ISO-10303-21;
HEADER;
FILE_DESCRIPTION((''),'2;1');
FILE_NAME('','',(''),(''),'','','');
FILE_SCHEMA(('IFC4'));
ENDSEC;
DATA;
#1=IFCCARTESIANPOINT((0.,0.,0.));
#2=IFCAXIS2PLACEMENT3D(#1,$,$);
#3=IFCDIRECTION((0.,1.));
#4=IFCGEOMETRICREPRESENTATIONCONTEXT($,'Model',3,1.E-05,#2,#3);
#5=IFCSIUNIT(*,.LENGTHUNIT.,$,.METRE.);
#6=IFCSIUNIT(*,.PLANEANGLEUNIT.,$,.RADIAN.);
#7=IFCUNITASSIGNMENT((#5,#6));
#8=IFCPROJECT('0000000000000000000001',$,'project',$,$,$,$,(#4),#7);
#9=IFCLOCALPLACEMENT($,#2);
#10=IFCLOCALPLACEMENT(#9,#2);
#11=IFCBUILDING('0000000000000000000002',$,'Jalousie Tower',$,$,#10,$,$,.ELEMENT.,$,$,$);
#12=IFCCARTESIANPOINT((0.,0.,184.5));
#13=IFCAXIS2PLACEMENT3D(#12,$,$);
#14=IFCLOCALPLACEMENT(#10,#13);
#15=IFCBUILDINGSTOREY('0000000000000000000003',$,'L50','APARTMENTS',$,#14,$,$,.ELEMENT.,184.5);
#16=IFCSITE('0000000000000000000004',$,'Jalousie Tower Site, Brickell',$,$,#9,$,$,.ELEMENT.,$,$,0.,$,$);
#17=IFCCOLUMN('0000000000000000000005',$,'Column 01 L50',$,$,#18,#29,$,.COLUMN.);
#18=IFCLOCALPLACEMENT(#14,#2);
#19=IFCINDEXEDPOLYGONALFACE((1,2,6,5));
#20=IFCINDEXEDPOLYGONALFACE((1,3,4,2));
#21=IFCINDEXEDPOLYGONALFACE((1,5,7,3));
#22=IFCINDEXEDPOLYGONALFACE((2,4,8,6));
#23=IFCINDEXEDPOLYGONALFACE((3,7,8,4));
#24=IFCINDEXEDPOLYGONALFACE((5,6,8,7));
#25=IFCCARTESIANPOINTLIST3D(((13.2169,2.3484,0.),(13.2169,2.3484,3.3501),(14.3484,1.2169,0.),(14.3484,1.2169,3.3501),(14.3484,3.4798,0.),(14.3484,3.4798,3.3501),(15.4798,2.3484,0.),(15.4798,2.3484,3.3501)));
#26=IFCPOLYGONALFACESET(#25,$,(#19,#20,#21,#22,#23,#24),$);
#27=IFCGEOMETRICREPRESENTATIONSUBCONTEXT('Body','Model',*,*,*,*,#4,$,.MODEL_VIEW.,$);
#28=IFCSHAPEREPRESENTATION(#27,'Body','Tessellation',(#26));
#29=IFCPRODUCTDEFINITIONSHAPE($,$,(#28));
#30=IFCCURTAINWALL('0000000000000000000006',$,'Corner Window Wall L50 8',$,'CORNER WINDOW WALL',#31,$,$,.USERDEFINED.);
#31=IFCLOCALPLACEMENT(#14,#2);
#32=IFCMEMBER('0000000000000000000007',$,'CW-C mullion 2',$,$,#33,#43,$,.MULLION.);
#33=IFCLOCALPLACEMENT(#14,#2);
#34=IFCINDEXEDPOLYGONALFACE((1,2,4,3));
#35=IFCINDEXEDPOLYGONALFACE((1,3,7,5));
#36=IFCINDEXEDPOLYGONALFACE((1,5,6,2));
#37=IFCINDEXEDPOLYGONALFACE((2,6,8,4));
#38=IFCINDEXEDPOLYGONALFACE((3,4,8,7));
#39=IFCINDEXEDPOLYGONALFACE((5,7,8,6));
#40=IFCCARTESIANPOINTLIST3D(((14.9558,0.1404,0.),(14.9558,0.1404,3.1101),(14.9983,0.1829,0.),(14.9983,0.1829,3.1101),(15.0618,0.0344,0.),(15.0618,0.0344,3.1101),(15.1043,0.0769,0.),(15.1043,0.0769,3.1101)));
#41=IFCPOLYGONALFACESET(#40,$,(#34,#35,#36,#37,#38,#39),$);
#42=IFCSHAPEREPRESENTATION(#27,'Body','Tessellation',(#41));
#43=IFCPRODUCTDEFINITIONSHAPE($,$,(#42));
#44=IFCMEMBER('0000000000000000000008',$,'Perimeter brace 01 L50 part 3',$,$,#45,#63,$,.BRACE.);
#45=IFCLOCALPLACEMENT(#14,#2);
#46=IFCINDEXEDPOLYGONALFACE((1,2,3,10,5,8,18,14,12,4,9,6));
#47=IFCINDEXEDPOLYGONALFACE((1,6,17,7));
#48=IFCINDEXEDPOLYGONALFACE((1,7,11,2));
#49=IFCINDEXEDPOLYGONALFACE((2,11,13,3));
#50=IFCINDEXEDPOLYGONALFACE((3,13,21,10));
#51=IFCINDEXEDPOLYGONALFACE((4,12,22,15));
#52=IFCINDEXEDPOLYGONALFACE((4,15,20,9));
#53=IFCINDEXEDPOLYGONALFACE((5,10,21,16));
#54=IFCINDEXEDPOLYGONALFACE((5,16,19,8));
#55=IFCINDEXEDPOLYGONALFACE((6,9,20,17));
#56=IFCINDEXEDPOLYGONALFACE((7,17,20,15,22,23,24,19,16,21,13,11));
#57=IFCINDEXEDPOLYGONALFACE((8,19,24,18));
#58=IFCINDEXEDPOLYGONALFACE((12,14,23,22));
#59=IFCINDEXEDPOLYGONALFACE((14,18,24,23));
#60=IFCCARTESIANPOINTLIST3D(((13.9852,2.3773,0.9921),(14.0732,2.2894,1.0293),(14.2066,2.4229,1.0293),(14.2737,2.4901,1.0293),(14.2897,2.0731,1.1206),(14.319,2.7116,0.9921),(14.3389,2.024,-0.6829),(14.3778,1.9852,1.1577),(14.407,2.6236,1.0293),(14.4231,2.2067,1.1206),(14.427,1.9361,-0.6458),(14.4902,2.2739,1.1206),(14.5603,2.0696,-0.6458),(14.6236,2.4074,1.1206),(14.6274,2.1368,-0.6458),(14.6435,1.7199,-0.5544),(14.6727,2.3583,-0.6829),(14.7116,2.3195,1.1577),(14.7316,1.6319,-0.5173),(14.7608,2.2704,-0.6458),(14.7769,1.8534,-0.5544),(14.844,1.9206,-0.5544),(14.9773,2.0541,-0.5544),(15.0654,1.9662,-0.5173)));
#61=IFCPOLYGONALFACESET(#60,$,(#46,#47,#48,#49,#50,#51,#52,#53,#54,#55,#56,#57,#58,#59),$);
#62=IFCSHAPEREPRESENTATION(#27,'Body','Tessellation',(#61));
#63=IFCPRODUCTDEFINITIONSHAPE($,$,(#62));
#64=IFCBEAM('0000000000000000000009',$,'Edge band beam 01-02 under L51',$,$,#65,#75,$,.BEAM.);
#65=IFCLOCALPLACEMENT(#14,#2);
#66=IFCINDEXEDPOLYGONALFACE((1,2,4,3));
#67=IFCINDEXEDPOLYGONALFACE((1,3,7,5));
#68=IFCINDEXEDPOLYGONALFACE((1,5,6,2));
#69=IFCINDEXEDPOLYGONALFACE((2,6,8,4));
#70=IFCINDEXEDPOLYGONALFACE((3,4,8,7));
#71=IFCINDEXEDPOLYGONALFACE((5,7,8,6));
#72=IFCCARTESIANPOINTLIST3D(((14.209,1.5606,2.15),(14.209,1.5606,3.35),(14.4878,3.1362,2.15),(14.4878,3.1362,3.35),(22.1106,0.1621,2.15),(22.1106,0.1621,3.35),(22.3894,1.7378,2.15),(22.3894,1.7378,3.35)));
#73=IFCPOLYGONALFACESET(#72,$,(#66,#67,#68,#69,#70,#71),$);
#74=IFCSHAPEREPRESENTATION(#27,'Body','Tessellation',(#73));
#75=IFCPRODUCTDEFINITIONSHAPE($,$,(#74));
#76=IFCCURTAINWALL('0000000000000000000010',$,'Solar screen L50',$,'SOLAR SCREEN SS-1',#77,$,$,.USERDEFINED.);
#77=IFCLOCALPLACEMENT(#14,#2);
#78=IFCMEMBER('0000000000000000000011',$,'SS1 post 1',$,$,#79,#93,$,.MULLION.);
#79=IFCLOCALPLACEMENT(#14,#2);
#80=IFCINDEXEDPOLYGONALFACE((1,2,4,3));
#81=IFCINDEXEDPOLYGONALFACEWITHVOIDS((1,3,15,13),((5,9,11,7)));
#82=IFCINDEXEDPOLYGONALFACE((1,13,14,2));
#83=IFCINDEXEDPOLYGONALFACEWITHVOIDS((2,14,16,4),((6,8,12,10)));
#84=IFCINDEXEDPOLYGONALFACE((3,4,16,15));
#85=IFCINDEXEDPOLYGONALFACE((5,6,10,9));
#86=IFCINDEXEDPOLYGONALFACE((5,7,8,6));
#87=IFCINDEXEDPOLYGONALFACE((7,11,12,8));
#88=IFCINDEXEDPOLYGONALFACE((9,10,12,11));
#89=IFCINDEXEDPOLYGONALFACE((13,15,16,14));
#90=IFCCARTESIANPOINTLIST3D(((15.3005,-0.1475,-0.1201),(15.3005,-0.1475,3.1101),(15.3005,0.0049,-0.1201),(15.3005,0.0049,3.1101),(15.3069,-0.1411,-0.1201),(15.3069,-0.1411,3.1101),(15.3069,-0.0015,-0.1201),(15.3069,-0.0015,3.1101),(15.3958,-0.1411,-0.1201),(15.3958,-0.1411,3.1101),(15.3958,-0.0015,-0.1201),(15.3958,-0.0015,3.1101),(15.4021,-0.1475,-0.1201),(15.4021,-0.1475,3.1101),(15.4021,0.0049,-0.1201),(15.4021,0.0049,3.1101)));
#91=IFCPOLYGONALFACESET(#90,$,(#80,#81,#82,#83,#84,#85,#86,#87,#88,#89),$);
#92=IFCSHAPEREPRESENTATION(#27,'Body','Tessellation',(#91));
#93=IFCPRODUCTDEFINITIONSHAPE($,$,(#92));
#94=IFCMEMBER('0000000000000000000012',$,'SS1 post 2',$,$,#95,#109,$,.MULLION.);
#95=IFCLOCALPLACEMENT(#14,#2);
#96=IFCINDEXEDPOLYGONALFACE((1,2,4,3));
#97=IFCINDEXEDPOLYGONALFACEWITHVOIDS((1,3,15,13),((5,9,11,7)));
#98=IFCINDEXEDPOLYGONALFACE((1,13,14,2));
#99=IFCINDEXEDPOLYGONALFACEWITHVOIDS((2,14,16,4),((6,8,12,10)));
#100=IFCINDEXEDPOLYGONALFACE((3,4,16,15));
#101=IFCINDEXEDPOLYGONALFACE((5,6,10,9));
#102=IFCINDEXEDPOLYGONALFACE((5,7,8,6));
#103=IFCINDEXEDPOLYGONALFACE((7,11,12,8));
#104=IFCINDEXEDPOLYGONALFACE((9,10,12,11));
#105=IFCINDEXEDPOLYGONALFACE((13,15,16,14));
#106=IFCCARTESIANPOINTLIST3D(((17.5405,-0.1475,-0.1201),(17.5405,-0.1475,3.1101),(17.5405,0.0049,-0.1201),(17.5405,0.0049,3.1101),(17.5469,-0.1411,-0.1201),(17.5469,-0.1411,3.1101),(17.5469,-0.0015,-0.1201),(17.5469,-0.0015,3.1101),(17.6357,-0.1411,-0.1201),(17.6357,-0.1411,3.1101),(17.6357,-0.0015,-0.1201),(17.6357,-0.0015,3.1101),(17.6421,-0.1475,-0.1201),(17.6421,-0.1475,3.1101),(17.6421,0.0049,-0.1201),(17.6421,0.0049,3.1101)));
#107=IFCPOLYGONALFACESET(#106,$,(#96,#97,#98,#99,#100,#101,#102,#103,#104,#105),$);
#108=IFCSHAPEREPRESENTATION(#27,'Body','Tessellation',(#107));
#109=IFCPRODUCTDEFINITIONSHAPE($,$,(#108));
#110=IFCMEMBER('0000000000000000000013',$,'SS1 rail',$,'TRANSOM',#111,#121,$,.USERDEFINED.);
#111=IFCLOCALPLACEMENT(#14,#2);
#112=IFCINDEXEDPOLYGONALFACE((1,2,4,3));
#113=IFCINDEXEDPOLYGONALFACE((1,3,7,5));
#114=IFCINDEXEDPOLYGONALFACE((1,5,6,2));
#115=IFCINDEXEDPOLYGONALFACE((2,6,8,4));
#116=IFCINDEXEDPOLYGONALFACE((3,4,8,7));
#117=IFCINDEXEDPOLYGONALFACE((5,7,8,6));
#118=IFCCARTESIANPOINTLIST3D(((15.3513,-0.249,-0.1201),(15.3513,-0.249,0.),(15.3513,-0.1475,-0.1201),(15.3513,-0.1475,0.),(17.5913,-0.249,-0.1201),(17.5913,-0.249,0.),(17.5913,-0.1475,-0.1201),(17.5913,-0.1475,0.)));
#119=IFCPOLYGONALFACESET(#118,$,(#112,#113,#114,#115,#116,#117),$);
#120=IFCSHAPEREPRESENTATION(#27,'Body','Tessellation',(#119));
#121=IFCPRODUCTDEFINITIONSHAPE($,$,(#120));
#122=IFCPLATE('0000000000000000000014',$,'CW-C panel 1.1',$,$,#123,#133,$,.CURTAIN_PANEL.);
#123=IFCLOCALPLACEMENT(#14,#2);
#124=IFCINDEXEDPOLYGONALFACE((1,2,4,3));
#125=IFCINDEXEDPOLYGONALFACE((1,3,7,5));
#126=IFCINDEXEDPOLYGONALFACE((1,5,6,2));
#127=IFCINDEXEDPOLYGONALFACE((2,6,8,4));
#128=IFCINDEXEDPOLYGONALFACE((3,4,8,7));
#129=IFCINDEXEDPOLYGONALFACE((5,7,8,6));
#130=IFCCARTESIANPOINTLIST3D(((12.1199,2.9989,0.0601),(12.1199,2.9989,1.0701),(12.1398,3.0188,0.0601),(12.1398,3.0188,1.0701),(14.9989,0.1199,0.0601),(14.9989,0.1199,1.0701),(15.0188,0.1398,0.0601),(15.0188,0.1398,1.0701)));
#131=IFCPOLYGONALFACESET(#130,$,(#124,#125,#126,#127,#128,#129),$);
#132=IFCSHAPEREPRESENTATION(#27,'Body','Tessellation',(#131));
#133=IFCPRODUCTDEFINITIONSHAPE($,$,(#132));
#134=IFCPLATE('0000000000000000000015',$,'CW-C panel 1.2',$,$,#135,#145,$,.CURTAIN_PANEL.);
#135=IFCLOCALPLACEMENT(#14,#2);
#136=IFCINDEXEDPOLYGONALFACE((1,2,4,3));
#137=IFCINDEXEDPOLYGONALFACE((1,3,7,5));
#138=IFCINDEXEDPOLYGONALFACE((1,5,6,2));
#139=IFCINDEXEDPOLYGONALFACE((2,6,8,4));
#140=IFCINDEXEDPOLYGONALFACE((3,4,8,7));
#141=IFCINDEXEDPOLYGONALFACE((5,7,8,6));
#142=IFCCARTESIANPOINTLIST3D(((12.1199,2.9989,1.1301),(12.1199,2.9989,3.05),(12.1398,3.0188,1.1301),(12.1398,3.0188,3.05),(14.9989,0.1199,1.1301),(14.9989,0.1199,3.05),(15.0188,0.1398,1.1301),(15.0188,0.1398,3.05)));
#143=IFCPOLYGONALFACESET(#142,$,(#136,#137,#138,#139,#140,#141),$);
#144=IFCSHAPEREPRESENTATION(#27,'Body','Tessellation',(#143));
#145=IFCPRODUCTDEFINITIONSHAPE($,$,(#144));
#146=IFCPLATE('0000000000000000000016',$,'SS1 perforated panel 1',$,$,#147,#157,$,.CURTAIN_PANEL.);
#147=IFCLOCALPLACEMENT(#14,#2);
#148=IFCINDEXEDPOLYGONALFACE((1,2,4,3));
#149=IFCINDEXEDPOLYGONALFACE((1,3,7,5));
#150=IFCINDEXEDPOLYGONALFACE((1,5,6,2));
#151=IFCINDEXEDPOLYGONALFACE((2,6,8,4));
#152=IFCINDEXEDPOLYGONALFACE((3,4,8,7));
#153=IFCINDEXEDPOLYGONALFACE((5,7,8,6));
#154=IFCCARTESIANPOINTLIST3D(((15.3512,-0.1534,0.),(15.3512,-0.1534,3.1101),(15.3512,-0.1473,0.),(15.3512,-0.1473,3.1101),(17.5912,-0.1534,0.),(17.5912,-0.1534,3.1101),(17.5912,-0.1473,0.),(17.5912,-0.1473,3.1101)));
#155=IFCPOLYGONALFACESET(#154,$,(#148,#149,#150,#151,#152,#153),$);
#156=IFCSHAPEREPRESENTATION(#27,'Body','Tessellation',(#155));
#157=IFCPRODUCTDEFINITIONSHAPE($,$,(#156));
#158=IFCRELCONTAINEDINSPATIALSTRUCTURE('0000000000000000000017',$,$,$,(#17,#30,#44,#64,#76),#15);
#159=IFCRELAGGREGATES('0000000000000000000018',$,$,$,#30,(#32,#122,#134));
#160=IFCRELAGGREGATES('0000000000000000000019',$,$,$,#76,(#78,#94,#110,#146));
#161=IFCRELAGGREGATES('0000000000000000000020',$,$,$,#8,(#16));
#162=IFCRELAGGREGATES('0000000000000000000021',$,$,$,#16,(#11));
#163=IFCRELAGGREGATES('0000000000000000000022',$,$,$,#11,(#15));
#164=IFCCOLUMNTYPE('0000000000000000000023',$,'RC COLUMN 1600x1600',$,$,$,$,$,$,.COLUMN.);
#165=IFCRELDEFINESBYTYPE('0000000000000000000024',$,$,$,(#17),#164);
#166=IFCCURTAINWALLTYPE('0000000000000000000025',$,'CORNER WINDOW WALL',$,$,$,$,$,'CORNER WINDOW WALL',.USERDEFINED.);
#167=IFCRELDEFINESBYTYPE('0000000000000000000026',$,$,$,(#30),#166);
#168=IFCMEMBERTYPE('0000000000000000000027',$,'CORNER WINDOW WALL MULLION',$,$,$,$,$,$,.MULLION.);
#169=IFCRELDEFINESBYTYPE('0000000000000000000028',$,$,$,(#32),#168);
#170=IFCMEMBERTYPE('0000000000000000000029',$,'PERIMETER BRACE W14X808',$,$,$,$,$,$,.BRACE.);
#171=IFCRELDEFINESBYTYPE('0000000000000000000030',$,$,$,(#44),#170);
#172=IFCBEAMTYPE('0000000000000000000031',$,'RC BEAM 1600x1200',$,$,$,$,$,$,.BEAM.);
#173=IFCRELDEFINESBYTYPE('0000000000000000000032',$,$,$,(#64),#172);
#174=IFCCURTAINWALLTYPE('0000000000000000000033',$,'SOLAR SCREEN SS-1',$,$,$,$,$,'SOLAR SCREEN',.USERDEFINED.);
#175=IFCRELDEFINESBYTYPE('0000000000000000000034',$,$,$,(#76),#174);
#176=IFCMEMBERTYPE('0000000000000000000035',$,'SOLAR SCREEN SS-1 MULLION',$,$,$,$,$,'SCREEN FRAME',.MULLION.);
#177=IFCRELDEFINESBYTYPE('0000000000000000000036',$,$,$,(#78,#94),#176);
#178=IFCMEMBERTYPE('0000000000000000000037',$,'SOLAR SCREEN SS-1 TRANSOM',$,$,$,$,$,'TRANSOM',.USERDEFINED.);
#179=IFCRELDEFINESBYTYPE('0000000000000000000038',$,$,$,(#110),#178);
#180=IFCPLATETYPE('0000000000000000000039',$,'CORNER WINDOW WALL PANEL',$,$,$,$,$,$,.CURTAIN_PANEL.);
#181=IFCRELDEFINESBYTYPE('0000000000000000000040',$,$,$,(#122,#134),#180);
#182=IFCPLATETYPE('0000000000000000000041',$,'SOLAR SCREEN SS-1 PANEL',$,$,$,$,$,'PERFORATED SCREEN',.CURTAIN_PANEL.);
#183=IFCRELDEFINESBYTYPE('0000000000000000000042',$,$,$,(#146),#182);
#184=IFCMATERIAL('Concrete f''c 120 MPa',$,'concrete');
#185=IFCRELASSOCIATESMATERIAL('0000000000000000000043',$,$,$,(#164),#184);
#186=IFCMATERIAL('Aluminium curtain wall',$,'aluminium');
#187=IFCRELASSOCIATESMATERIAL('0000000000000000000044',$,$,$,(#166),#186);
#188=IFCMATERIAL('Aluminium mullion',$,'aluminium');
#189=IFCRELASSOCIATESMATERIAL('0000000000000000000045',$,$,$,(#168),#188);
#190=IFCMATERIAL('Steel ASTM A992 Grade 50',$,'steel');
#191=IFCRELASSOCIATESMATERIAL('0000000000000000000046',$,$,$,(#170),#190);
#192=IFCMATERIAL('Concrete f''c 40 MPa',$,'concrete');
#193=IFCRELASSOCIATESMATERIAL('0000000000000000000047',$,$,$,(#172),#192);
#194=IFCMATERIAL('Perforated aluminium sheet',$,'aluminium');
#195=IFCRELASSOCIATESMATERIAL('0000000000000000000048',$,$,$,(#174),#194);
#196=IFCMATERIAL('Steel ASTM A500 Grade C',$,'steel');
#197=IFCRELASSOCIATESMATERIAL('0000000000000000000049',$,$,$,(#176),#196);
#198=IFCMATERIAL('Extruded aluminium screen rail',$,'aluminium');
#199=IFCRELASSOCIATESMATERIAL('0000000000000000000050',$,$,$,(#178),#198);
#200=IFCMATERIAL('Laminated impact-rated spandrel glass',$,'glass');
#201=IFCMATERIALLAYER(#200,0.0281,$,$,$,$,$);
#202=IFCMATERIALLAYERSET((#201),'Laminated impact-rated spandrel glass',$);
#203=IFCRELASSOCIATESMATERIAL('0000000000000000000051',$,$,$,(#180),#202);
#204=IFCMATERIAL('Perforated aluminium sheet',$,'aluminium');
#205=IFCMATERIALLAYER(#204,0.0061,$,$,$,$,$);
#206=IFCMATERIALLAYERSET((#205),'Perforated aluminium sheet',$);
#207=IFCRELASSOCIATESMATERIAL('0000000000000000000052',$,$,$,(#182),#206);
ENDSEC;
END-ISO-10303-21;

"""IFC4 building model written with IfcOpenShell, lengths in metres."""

from ifc_helpers import new_model, si_unit, direction, frame, origin, origin_2d, place, context, subcontext, project, spatial, rectangle, hollow_rectangle, i_section, extrude, material, layer, layer_set, material_profile, profile_set, type_object, element, aggregate, save


model = new_model("IFC4")

# Units and contexts
model_context = context("Model", 3, precision=1e-05, world=origin(), true_north=direction((0.0, 1.0)))
body_context = subcontext(model_context, "Body", "Model", "MODEL_VIEW")
ifc_project = project(units=[si_unit("LENGTHUNIT", "METRE"), si_unit("PLANEANGLEUNIT", "RADIAN")], contexts=[model_context])

# Site, building, storey
site_placement = place(None, origin())
site = spatial("IfcSite", under=ifc_project, at=site_placement, Name="Jalousie Tower Site, Brickell", CompositionType="ELEMENT", RefElevation=0.0)
building_placement = place(site_placement, origin())
building = spatial("IfcBuilding", under=site, at=building_placement, Name="Jalousie Tower", CompositionType="ELEMENT")
storey_placement = place(building_placement, frame((0.0, 0.0, 184.5)))
storey = spatial("IfcBuildingStorey", under=building, at=storey_placement, Name="L50", Description="APARTMENTS", CompositionType="ELEMENT", Elevation=184.5)

# Column
ifc_material_1 = material(Name="Concrete f'c 120 MPa", Category="concrete")
ifc_material_profile_1 = material_profile(ifc_material_1, rectangle(XDim=1.6001, YDim=1.6001, at=origin_2d()), Name="RC 1600x1600")
ifc_profile_set_1 = profile_set([ifc_material_profile_1], Name="Concrete f'c 120 MPa")
column_type = type_object("IfcColumnType", Name="RC COLUMN 1600x1600", PredefinedType="COLUMN", material=ifc_profile_set_1)
column_placement = place(storey_placement, frame((14.3484, 2.3484, 0.0), z_axis=(0.0, 0.0, 1.0), x_axis=(0.707107, 0.707107, 0.0)))
element("IfcColumn", 1, at=column_placement, inside=storey, type_object=column_type, Name="Column 01 L50", PredefinedType="COLUMN", context=body_context, shape_type="SweptSolid", body=[
    extrude(rectangle(XDim=1.6001, YDim=1.6001, at=origin_2d()), origin(), (0.0, 0.0, 1.0), 3.3501),
])

# Curtain wall, member
ifc_material_2 = material(Name="Aluminium curtain wall", Category="aluminium")
curtain_wall_type_1 = type_object("IfcCurtainWallType", Name="CORNER WINDOW WALL", ElementType="CORNER WINDOW WALL", PredefinedType="USERDEFINED", material=ifc_material_2)
curtain_wall_1_placement = place(storey_placement, origin())
curtain_wall_1 = element("IfcCurtainWall", 2, at=curtain_wall_1_placement, inside=storey, type_object=curtain_wall_type_1, Name="Corner Window Wall L50 8", ObjectType="CORNER WINDOW WALL", PredefinedType="USERDEFINED")
ifc_material_3 = material(Name="Aluminium mullion", Category="aluminium")
ifc_material_profile_2 = material_profile(ifc_material_3, rectangle(XDim=0.0601, YDim=0.1499, at=origin_2d()), Name="MULLION 60x150")
ifc_profile_set_2 = profile_set([ifc_material_profile_2], Name="Aluminium mullion")
member_type_1 = type_object("IfcMemberType", Name="CORNER WINDOW WALL MULLION", PredefinedType="MULLION", material=ifc_profile_set_2)
member_1_placement = place(storey_placement, frame((15.03, 0.1086, 0.0), z_axis=(0.0, 0.0, 1.0), x_axis=(0.707107, 0.707107, 0.0)))
member_1 = element("IfcMember", 3, at=member_1_placement, type_object=member_type_1, Name="CW-C mullion 2", PredefinedType="MULLION", context=body_context, shape_type="SweptSolid", body=[
    extrude(rectangle(XDim=0.0601, YDim=0.1499, at=origin_2d()), origin(), (0.0, 0.0, 1.0), 3.1101),
])

# Member
ifc_material_4 = material(Name="Steel ASTM A992 Grade 50", Category="steel")
ifc_material_profile_3 = material_profile(ifc_material_4, i_section(OverallWidth=0.4724, OverallDepth=0.5791, WebThickness=0.095, FlangeThickness=0.1299, at=origin_2d()), Name="W14X808")
ifc_profile_set_3 = profile_set([ifc_material_profile_3], Name="Steel ASTM A992 Grade 50")
member_type_2 = type_object("IfcMemberType", Name="PERIMETER BRACE W14X808", PredefinedType="BRACE", material=ifc_profile_set_3)
member_2_placement = place(storey_placement, frame((14.7021, 1.9951, -0.6001), z_axis=(-0.202372, 0.202093, 0.95823), x_axis=(-0.706618, -0.707595, 0.0)))
element("IfcMember", 4, at=member_2_placement, inside=storey, type_object=member_type_2, Name="Perimeter brace 01 L50 part 3", PredefinedType="BRACE", context=body_context, shape_type="SweptSolid", body=[
    extrude(i_section(OverallWidth=0.4724, OverallDepth=0.5791, WebThickness=0.095, FlangeThickness=0.1299, at=origin_2d()), origin(), (0.0, 0.0, 1.0), 1.748),
])

# Beam
ifc_material_5 = material(Name="Concrete f'c 40 MPa", Category="concrete")
ifc_material_profile_4 = material_profile(ifc_material_5, rectangle(XDim=1.6001, YDim=1.2, at=origin_2d()), Name="RC 1600x1200")
ifc_profile_set_4 = profile_set([ifc_material_profile_4], Name="Concrete f'c 40 MPa")
beam_type = type_object("IfcBeamType", Name="RC BEAM 1600x1200", PredefinedType="BEAM", material=ifc_profile_set_4)
beam_placement = place(storey_placement, frame((14.3484, 2.3484, 2.75), z_axis=(0.984697, -0.174273, 0.0), x_axis=(0.174273, 0.984697, 0.0)))
element("IfcBeam", 5, at=beam_placement, inside=storey, type_object=beam_type, Name="Edge band beam 01-02 under L51", PredefinedType="BEAM", context=body_context, shape_type="SweptSolid", body=[
    extrude(rectangle(XDim=1.6001, YDim=1.2, at=origin_2d()), origin(), (0.0, 0.0, 1.0), 8.0244),
])

# Curtain wall, members
ifc_material_6 = material(Name="Perforated aluminium sheet", Category="aluminium")
curtain_wall_type_2 = type_object("IfcCurtainWallType", Name="SOLAR SCREEN SS-1", ElementType="SOLAR SCREEN", PredefinedType="USERDEFINED", material=ifc_material_6)
curtain_wall_2_placement = place(storey_placement, origin())
curtain_wall_2 = element("IfcCurtainWall", 6, at=curtain_wall_2_placement, inside=storey, type_object=curtain_wall_type_2, Name="Solar screen L50", ObjectType="SOLAR SCREEN SS-1", PredefinedType="USERDEFINED")
ifc_material_7 = material(Name="Steel ASTM A500 Grade C", Category="steel")
ifc_material_profile_5 = material_profile(ifc_material_7, hollow_rectangle(XDim=0.1016, YDim=0.1523, WallThickness=0.0063, at=origin_2d()), Name="HSS6X4X1/4")
ifc_profile_set_5 = profile_set([ifc_material_profile_5], Name="Steel ASTM A500 Grade C")
member_type_3 = type_object("IfcMemberType", Name="SOLAR SCREEN SS-1 MULLION", ElementType="SCREEN FRAME", PredefinedType="MULLION", material=ifc_profile_set_5)
member_3_placement = place(storey_placement, frame((15.3513, -0.0713, -0.1201), z_axis=(0.0, 0.0, 1.0), x_axis=(1.0, 0.0, 0.0)))
member_3 = element("IfcMember", 7, at=member_3_placement, type_object=member_type_3, Name="SS1 post 1", PredefinedType="MULLION", context=body_context, shape_type="SweptSolid", body=[
    extrude(hollow_rectangle(XDim=0.1016, YDim=0.1523, WallThickness=0.0063, at=origin_2d()), origin(), (0.0, 0.0, 1.0), 3.2302),
])
member_4_placement = place(storey_placement, frame((17.5913, -0.0713, -0.1201), z_axis=(0.0, 0.0, 1.0), x_axis=(1.0, 0.0, 0.0)))
member_4 = element("IfcMember", 8, at=member_4_placement, type_object=member_type_3, Name="SS1 post 2", PredefinedType="MULLION", context=body_context, shape_type="SweptSolid", body=[
    extrude(hollow_rectangle(XDim=0.1016, YDim=0.1523, WallThickness=0.0063, at=origin_2d()), origin(), (0.0, 0.0, 1.0), 3.2302),
])
ifc_material_8 = material(Name="Extruded aluminium screen rail", Category="aluminium")
ifc_material_profile_6 = material_profile(ifc_material_8, rectangle(XDim=0.1016, YDim=0.1201, at=origin_2d()), Name="RAIL 102x120")
ifc_profile_set_6 = profile_set([ifc_material_profile_6], Name="Extruded aluminium screen rail")
member_type_4 = type_object("IfcMemberType", Name="SOLAR SCREEN SS-1 TRANSOM", ElementType="TRANSOM", PredefinedType="USERDEFINED", material=ifc_profile_set_6)
member_5_placement = place(storey_placement, frame((15.3513, -0.1982, -0.0601), z_axis=(1.0, 0.0, 0.0), x_axis=(0.0, 1.0, 0.0)))
member_5 = element("IfcMember", 9, at=member_5_placement, type_object=member_type_4, Name="SS1 rail", ObjectType="TRANSOM", PredefinedType="USERDEFINED", context=body_context, shape_type="SweptSolid", body=[
    extrude(rectangle(XDim=0.1016, YDim=0.1201, at=origin_2d()), origin(), (0.0, 0.0, 1.0), 2.24),
])

# Plates
ifc_material_9 = material(Name="Laminated impact-rated spandrel glass", Category="glass")
ifc_layer_1 = layer(ifc_material_9, 0.0281)
ifc_layer_set_1 = layer_set([ifc_layer_1], Name="Laminated impact-rated spandrel glass")
plate_type_1 = type_object("IfcPlateType", Name="CORNER WINDOW WALL PANEL", PredefinedType="CURTAIN_PANEL", material=ifc_layer_set_1)
plate_1_placement = place(storey_placement, frame((13.5693, 1.5693, 0.0601), z_axis=(0.0, 0.0, 1.0), x_axis=(0.707107, -0.707107, 0.0)))
plate_1 = element("IfcPlate", 10, at=plate_1_placement, type_object=plate_type_1, Name="CW-C panel 1.1", PredefinedType="CURTAIN_PANEL", context=body_context, shape_type="SweptSolid", body=[
    extrude(rectangle(XDim=4.0715, YDim=0.0281, at=origin_2d()), origin(), (0.0, 0.0, 1.0), 1.01),
])
plate_2_placement = place(storey_placement, frame((13.5693, 1.5693, 1.1301), z_axis=(0.0, 0.0, 1.0), x_axis=(0.707107, -0.707107, 0.0)))
plate_2 = element("IfcPlate", 11, at=plate_2_placement, type_object=plate_type_1, Name="CW-C panel 1.2", PredefinedType="CURTAIN_PANEL", context=body_context, shape_type="SweptSolid", body=[
    extrude(rectangle(XDim=4.0715, YDim=0.0281, at=origin_2d()), origin(), (0.0, 0.0, 1.0), 1.9199),
])
aggregate(curtain_wall_1, [member_1, plate_1, plate_2])
ifc_material_10 = material(Name="Perforated aluminium sheet", Category="aluminium")
ifc_layer_2 = layer(ifc_material_10, 0.0061)
ifc_layer_set_2 = layer_set([ifc_layer_2], Name="Perforated aluminium sheet")
plate_type_2 = type_object("IfcPlateType", Name="SOLAR SCREEN SS-1 PANEL", ElementType="PERFORATED SCREEN", PredefinedType="CURTAIN_PANEL", material=ifc_layer_set_2)
plate_3_placement = place(storey_placement, frame((16.4712, -0.1504, 0.0), z_axis=(0.0, 0.0, 1.0), x_axis=(1.0, 0.0, 0.0)))
plate_3 = element("IfcPlate", 12, at=plate_3_placement, type_object=plate_type_2, Name="SS1 perforated panel 1", PredefinedType="CURTAIN_PANEL", context=body_context, shape_type="SweptSolid", body=[
    extrude(rectangle(XDim=2.24, YDim=0.0061, at=origin_2d()), origin(), (0.0, 0.0, 1.0), 3.1101),
])
aggregate(curtain_wall_2, [member_3, member_4, member_5, plate_3])

save(model, "model.ifc")
